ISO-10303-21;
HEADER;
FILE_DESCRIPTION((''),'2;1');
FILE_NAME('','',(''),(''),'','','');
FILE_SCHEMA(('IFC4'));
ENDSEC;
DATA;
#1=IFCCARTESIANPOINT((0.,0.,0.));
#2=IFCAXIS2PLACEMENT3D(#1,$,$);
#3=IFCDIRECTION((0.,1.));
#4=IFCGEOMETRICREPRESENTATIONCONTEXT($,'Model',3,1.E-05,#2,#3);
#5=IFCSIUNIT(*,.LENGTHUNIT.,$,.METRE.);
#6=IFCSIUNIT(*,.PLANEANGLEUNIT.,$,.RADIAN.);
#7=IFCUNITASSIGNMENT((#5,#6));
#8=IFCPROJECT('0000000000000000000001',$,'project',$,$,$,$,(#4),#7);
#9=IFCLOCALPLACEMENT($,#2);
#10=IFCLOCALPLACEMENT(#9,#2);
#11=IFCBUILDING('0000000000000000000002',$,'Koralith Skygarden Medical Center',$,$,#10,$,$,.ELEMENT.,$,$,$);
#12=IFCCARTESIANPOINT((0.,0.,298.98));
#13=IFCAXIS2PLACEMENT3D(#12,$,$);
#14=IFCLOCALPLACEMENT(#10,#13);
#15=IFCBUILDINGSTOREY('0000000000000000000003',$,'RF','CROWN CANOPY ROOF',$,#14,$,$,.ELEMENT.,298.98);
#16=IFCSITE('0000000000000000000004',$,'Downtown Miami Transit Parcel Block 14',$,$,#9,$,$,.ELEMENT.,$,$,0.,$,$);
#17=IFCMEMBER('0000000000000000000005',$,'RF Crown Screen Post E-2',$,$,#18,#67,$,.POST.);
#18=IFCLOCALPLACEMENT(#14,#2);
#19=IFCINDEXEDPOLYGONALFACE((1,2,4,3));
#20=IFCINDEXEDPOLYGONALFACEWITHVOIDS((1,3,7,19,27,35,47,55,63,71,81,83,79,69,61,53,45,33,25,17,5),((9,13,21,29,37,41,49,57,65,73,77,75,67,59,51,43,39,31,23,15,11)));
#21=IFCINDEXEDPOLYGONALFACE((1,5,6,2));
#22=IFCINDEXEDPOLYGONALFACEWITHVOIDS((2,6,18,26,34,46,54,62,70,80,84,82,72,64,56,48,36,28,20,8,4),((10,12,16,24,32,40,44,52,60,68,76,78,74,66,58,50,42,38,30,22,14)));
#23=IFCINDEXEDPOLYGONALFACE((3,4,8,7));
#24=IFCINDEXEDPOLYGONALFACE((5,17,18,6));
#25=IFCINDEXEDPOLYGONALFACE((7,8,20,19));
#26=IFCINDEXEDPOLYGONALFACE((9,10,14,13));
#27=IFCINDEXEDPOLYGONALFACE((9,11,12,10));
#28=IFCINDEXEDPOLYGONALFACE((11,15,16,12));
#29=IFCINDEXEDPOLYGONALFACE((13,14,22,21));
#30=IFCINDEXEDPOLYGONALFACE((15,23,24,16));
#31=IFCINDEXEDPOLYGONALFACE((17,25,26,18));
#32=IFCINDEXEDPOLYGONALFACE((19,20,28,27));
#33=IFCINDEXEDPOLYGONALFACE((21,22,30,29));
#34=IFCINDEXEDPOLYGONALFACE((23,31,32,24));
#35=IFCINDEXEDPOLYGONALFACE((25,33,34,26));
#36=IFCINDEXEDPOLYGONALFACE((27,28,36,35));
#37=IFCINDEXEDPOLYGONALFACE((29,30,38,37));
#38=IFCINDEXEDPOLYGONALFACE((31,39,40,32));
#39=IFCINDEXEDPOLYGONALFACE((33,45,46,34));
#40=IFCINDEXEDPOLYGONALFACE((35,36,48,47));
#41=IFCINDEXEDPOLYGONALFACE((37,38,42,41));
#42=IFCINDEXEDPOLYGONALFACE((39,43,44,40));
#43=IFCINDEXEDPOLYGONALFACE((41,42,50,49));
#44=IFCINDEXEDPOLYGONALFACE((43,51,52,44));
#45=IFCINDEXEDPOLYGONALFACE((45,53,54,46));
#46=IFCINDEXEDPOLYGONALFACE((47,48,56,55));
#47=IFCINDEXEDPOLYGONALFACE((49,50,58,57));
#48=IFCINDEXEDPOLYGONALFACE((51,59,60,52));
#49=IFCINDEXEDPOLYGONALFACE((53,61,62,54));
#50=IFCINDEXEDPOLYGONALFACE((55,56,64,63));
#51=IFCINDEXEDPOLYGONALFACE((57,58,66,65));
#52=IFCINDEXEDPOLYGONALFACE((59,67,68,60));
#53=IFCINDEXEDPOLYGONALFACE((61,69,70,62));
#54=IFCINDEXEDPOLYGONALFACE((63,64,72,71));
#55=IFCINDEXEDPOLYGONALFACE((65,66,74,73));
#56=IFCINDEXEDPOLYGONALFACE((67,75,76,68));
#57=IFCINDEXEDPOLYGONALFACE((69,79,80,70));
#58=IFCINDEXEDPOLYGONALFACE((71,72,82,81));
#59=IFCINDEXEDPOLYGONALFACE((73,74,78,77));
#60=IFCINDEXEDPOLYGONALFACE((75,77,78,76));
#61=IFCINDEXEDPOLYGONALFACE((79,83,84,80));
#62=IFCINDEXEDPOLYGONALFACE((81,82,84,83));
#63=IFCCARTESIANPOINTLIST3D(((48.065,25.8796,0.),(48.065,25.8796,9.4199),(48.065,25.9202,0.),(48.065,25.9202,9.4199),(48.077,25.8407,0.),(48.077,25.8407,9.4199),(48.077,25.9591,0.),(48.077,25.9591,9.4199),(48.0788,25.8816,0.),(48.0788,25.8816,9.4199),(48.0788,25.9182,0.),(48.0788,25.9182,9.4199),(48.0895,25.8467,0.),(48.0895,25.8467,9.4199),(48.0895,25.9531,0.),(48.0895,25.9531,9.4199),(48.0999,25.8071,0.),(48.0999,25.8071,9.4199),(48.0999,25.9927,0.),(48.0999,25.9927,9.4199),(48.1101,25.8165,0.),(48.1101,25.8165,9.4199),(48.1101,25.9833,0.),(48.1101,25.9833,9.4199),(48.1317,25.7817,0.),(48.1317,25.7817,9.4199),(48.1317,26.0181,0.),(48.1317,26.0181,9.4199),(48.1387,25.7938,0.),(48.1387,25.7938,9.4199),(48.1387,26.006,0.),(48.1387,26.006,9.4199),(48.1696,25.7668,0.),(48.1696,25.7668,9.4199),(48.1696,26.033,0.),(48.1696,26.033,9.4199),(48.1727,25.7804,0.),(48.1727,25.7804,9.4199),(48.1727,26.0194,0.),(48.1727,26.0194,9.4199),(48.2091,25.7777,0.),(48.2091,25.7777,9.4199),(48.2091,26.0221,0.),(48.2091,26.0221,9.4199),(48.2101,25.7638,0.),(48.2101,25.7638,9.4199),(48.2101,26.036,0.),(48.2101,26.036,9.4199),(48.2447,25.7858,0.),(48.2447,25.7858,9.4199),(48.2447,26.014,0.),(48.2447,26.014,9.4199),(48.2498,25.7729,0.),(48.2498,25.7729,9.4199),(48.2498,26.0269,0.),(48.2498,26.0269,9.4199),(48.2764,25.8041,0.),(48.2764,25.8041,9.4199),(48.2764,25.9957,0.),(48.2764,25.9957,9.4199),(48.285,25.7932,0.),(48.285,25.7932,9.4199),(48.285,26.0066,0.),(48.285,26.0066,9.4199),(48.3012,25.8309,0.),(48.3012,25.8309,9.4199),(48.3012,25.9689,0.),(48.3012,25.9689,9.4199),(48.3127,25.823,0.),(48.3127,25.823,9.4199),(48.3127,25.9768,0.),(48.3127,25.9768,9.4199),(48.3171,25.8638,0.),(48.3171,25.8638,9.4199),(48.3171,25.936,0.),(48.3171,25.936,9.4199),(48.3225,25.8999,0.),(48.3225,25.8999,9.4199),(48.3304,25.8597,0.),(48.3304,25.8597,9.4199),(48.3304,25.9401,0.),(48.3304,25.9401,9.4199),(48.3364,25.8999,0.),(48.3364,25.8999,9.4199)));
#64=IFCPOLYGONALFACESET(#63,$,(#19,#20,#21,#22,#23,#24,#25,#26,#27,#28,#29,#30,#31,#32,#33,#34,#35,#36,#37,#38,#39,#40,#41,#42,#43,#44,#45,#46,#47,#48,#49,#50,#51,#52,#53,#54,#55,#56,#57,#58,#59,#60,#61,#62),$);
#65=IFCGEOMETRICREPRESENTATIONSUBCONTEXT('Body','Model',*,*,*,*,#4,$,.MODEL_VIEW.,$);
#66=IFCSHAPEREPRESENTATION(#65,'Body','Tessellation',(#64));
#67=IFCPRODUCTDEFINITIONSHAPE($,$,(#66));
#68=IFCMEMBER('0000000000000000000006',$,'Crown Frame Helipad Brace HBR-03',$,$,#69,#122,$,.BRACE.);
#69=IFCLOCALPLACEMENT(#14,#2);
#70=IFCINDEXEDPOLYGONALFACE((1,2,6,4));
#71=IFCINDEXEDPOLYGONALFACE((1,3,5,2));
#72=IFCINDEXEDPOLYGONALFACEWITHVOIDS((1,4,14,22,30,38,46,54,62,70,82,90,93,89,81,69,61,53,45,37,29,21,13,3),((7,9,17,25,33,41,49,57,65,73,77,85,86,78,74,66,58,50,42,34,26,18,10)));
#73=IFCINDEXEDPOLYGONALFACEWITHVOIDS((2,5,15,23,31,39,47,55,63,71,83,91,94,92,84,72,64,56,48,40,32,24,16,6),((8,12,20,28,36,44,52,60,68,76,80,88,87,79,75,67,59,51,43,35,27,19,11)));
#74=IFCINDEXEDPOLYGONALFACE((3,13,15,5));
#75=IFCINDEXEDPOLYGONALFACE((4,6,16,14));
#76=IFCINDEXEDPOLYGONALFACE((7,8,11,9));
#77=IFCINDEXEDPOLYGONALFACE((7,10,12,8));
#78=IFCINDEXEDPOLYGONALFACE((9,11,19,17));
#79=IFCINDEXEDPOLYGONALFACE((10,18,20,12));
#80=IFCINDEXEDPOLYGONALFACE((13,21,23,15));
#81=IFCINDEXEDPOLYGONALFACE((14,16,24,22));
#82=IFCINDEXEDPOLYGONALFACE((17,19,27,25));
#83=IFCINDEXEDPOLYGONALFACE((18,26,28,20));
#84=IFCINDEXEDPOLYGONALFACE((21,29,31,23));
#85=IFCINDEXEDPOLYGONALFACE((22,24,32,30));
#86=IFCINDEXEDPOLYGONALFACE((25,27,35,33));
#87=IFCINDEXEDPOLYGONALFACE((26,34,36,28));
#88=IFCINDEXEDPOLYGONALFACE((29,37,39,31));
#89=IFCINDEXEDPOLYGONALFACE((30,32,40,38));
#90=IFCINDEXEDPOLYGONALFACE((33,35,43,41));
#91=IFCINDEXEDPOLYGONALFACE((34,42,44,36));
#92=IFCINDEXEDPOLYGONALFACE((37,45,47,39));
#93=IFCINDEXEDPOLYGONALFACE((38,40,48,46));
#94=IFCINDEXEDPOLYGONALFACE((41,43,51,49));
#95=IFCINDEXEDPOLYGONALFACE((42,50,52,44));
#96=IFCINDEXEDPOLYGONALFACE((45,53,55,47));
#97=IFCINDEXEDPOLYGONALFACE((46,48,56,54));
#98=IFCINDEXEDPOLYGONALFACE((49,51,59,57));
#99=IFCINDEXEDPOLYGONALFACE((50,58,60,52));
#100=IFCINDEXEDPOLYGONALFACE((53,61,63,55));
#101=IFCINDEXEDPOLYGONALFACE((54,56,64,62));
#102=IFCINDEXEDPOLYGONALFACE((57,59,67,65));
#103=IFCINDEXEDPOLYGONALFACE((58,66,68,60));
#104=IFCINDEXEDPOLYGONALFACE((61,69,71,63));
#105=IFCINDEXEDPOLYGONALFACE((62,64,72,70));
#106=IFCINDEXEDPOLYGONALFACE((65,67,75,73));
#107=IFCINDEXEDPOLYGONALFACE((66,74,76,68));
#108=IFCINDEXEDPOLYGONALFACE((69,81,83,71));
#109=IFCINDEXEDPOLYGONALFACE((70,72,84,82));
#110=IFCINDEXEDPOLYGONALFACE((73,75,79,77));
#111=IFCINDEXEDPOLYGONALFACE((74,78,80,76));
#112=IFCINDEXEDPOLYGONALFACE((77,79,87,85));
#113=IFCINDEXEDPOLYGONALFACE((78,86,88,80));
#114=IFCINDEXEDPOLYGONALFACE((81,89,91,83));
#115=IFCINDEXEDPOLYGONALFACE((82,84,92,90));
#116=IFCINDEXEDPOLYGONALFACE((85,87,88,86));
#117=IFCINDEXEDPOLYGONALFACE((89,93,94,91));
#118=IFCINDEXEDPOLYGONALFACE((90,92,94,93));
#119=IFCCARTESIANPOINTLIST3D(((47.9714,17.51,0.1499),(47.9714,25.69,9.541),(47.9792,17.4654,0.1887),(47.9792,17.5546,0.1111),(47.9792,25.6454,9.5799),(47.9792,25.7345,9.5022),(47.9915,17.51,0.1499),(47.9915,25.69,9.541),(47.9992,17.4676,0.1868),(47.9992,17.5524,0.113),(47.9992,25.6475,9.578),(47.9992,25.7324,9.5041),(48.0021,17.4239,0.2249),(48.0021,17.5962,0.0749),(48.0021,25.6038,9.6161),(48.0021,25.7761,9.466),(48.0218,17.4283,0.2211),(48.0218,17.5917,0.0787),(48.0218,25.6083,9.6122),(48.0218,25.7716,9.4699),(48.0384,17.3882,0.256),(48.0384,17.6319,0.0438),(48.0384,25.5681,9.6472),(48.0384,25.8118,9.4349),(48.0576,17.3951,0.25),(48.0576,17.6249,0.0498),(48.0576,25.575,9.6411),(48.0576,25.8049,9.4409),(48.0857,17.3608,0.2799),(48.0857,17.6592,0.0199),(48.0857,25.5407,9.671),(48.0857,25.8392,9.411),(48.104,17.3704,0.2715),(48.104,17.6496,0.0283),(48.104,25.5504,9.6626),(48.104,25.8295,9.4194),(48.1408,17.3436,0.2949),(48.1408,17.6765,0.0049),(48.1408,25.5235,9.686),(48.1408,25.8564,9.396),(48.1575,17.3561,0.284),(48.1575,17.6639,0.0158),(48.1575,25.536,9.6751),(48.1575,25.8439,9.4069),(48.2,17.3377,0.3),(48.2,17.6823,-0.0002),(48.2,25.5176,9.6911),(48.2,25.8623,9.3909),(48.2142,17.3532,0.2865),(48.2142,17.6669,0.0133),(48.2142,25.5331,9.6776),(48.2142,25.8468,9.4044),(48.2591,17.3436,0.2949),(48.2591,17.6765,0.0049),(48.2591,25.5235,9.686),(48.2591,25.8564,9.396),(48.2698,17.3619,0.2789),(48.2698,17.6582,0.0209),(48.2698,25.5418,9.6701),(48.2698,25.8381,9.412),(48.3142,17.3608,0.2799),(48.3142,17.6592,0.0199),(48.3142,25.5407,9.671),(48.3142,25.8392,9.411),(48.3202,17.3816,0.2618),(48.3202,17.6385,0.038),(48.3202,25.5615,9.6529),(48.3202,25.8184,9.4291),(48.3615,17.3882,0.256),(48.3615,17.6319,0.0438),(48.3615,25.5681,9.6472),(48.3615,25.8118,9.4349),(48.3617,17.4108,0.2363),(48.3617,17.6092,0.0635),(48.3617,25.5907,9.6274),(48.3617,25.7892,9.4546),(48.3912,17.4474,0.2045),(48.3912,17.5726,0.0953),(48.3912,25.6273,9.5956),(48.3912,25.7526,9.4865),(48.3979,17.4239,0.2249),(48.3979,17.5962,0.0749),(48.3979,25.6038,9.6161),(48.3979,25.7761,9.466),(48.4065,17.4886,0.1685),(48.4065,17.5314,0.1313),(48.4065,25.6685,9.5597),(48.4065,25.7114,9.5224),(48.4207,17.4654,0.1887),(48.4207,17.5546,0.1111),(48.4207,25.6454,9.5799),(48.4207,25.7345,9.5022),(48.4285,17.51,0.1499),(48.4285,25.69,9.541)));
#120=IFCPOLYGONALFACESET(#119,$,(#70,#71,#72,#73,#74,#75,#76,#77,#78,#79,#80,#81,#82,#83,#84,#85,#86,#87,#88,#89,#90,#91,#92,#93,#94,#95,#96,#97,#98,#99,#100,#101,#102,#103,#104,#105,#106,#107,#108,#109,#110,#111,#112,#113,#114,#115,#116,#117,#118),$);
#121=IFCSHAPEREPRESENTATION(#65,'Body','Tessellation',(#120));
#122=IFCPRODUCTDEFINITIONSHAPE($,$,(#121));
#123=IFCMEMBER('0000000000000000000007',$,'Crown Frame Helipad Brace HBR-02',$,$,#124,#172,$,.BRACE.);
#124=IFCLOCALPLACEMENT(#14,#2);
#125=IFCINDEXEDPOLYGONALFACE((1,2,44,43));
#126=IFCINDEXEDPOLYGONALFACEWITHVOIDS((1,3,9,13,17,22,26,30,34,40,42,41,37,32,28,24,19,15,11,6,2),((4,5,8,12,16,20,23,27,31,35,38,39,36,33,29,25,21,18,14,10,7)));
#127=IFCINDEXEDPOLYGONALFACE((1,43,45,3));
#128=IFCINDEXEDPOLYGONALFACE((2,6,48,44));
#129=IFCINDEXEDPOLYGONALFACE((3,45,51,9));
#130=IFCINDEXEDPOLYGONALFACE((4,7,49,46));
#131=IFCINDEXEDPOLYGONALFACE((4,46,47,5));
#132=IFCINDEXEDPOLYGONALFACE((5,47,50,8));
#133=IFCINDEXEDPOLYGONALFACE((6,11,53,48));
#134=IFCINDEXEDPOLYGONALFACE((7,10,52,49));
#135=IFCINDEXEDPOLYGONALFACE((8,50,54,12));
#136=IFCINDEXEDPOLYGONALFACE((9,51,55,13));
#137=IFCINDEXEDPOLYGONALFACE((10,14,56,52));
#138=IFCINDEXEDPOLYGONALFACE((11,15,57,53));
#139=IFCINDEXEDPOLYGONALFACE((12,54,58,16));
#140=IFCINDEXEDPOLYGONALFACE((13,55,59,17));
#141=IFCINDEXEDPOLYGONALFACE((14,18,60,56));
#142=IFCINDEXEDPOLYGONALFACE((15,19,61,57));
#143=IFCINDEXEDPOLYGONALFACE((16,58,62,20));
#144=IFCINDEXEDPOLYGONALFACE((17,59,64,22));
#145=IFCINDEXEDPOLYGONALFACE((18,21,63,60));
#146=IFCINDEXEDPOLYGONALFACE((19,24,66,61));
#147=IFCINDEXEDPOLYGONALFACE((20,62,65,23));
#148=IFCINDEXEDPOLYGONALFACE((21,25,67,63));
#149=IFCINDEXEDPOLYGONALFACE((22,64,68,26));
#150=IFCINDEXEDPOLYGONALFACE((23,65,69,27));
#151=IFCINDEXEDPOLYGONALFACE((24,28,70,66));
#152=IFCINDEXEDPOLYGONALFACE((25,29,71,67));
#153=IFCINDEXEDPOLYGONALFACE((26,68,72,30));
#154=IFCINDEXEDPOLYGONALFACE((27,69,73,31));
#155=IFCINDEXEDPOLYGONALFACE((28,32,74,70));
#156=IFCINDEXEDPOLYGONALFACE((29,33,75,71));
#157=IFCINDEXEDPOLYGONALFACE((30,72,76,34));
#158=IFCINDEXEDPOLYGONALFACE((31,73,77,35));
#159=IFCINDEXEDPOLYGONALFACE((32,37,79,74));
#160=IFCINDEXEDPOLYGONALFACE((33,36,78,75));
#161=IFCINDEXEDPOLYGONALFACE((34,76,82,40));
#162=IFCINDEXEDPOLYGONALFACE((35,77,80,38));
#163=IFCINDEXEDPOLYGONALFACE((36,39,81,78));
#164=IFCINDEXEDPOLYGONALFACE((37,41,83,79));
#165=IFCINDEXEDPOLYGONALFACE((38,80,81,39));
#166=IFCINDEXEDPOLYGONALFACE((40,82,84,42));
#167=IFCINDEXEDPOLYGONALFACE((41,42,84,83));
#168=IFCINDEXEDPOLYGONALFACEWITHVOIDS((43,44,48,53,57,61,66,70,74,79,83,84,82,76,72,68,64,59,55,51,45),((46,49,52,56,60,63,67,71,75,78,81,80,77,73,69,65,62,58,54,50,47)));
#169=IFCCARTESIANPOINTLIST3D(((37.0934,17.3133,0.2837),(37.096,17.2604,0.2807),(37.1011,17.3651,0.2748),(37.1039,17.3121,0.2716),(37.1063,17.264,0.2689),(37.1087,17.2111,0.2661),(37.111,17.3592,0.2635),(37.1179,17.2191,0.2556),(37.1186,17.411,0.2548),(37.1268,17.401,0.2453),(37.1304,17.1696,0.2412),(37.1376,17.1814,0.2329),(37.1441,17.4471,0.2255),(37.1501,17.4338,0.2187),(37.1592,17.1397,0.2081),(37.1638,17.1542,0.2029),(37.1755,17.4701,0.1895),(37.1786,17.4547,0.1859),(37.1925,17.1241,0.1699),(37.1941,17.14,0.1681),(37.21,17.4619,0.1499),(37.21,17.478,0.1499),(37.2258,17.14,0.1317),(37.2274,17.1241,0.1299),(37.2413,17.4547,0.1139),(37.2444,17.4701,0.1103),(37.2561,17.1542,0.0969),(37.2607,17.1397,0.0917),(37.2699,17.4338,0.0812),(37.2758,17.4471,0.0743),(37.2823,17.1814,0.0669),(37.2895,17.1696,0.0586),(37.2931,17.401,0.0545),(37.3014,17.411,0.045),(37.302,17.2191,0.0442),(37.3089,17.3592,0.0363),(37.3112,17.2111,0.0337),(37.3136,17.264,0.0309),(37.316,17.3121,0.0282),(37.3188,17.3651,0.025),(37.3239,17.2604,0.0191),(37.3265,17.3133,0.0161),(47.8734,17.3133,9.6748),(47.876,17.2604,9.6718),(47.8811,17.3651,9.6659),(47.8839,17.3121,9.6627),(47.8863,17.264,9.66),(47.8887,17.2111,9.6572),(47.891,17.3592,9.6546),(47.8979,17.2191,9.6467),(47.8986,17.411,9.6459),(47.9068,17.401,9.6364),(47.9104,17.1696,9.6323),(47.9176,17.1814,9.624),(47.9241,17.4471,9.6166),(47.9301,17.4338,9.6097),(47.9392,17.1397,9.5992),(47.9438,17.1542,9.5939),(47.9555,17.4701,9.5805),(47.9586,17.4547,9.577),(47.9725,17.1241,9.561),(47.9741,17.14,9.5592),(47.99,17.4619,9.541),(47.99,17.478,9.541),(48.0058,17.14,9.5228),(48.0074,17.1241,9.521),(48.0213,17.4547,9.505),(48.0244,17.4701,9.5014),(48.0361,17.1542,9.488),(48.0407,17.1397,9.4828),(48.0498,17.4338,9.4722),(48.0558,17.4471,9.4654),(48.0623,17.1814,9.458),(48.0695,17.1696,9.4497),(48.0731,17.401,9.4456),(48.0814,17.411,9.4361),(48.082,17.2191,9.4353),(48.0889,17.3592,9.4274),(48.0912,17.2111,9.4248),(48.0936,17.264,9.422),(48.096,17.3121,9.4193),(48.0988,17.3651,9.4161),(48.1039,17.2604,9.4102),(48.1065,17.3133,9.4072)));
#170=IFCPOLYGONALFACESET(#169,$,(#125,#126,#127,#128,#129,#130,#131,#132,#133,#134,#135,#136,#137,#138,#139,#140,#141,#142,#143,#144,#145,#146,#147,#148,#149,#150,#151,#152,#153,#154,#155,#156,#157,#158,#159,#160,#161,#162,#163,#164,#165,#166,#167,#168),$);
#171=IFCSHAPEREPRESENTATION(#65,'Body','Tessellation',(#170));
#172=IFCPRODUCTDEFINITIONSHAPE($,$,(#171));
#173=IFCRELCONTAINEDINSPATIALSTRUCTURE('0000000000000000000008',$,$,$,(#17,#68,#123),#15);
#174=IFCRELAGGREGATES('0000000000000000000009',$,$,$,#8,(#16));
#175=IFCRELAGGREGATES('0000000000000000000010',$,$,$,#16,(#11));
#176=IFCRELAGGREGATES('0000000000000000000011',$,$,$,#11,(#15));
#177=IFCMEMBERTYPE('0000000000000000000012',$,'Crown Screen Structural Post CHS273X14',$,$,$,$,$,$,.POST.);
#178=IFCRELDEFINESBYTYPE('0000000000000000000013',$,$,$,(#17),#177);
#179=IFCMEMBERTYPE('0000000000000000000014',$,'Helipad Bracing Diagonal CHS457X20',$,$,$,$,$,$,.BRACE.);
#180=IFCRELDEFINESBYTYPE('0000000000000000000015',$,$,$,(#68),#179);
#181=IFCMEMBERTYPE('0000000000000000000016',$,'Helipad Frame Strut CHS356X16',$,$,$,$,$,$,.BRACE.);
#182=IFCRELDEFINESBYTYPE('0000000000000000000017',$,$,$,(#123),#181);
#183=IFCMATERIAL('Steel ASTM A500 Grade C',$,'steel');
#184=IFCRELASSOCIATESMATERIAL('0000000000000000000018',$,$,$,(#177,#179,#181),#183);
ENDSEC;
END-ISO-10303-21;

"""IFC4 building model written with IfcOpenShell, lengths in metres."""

from ifc_helpers import new_model, si_unit, direction, frame, origin, origin_2d, place, context, subcontext, project, spatial, hollow_circle, extrude, material, material_profile, profile_set, type_object, element, save


model = new_model("IFC4")

# Units and contexts
model_context = context("Model", 3, precision=1e-05, world=origin(), true_north=direction((0.0, 1.0)))
body_context = subcontext(model_context, "Body", "Model", "MODEL_VIEW")
ifc_project = project(units=[si_unit("LENGTHUNIT", "METRE"), si_unit("PLANEANGLEUNIT", "RADIAN")], contexts=[model_context])

# Site, building, storey
site_placement = place(None, origin())
site = spatial("IfcSite", under=ifc_project, at=site_placement, Name="Downtown Miami Transit Parcel Block 14", CompositionType="ELEMENT", RefElevation=0.0)
building_placement = place(site_placement, origin())
building = spatial("IfcBuilding", under=site, at=building_placement, Name="Koralith Skygarden Medical Center", CompositionType="ELEMENT")
storey_placement = place(building_placement, frame((0.0, 0.0, 298.98)))
storey = spatial("IfcBuildingStorey", under=building, at=storey_placement, Name="RF", Description="CROWN CANOPY ROOF", CompositionType="ELEMENT", Elevation=298.98)

# Members
ifc_material_1 = material(Name="Steel ASTM A500 Grade C", Category="steel")
ifc_material_profile_1 = material_profile(ifc_material_1, hollow_circle(Radius=0.1365, WallThickness=0.0139, at=origin_2d()), Name="CHS273X14")
ifc_profile_set_1 = profile_set([ifc_material_profile_1], Name="Steel ASTM A500 Grade C")
member_type_1 = type_object("IfcMemberType", Name="Crown Screen Structural Post CHS273X14", PredefinedType="POST", material=ifc_profile_set_1)
for number, where, z_axis, x_axis, name in (
    (1, (48.2, 25.8999, 0.0), (0.0, 0.0, 1.0), (1.0, 0.0, 0.0), "RF Crown Screen Post E-2"),
):
    element("IfcMember", number, at=place(storey_placement, frame(where, z_axis=z_axis, x_axis=x_axis)), inside=storey, type_object=member_type_1, Name=name, PredefinedType="POST", context=body_context, shape_type="SweptSolid", body=[
        extrude(hollow_circle(Radius=0.1365, WallThickness=0.0139, at=origin_2d()), origin(), (0.0, 0.0, 1.0), 9.4199),
    ])
ifc_material_profile_2 = material_profile(ifc_material_1, hollow_circle(Radius=0.2285, WallThickness=0.02, at=origin_2d()), Name="CHS457X20")
ifc_profile_set_2 = profile_set([ifc_material_profile_2], Name="Steel ASTM A500 Grade C")
member_type_2 = type_object("IfcMemberType", Name="Helipad Bracing Diagonal CHS457X20", PredefinedType="BRACE", material=ifc_profile_set_2)
member_1_placement = place(storey_placement, frame((48.2, 17.51, 0.1499), z_axis=(0.0, 0.656807, 0.754059), x_axis=(-1.0, 0.0, 0.0)))
element("IfcMember", 2, at=member_1_placement, inside=storey, type_object=member_type_2, Name="Crown Frame Helipad Brace HBR-03", PredefinedType="BRACE", context=body_context, shape_type="SweptSolid", body=[
    extrude(hollow_circle(Radius=0.2285, WallThickness=0.02, at=origin_2d()), origin(), (0.0, 0.0, 1.0), 12.4541),
])
ifc_material_profile_3 = material_profile(ifc_material_1, hollow_circle(Radius=0.178, WallThickness=0.0161, at=origin_2d()), Name="CHS356X16")
ifc_profile_set_3 = profile_set([ifc_material_profile_3], Name="Steel ASTM A500 Grade C")
member_type_3 = type_object("IfcMemberType", Name="Helipad Frame Strut CHS356X16", PredefinedType="BRACE", material=ifc_profile_set_3)
member_2_placement = place(storey_placement, frame((37.21, 17.3, 0.1499), z_axis=(0.75401, 0.0, 0.656862), x_axis=(0.0, 1.0, 0.0)))
element("IfcMember", 3, at=member_2_placement, inside=storey, type_object=member_type_3, Name="Crown Frame Helipad Brace HBR-02", PredefinedType="BRACE", context=body_context, shape_type="SweptSolid", body=[
    extrude(hollow_circle(Radius=0.178, WallThickness=0.0161, at=origin_2d()), origin(), (0.0, 0.0, 1.0), 14.2969),
])

save(model, "model.ifc")
